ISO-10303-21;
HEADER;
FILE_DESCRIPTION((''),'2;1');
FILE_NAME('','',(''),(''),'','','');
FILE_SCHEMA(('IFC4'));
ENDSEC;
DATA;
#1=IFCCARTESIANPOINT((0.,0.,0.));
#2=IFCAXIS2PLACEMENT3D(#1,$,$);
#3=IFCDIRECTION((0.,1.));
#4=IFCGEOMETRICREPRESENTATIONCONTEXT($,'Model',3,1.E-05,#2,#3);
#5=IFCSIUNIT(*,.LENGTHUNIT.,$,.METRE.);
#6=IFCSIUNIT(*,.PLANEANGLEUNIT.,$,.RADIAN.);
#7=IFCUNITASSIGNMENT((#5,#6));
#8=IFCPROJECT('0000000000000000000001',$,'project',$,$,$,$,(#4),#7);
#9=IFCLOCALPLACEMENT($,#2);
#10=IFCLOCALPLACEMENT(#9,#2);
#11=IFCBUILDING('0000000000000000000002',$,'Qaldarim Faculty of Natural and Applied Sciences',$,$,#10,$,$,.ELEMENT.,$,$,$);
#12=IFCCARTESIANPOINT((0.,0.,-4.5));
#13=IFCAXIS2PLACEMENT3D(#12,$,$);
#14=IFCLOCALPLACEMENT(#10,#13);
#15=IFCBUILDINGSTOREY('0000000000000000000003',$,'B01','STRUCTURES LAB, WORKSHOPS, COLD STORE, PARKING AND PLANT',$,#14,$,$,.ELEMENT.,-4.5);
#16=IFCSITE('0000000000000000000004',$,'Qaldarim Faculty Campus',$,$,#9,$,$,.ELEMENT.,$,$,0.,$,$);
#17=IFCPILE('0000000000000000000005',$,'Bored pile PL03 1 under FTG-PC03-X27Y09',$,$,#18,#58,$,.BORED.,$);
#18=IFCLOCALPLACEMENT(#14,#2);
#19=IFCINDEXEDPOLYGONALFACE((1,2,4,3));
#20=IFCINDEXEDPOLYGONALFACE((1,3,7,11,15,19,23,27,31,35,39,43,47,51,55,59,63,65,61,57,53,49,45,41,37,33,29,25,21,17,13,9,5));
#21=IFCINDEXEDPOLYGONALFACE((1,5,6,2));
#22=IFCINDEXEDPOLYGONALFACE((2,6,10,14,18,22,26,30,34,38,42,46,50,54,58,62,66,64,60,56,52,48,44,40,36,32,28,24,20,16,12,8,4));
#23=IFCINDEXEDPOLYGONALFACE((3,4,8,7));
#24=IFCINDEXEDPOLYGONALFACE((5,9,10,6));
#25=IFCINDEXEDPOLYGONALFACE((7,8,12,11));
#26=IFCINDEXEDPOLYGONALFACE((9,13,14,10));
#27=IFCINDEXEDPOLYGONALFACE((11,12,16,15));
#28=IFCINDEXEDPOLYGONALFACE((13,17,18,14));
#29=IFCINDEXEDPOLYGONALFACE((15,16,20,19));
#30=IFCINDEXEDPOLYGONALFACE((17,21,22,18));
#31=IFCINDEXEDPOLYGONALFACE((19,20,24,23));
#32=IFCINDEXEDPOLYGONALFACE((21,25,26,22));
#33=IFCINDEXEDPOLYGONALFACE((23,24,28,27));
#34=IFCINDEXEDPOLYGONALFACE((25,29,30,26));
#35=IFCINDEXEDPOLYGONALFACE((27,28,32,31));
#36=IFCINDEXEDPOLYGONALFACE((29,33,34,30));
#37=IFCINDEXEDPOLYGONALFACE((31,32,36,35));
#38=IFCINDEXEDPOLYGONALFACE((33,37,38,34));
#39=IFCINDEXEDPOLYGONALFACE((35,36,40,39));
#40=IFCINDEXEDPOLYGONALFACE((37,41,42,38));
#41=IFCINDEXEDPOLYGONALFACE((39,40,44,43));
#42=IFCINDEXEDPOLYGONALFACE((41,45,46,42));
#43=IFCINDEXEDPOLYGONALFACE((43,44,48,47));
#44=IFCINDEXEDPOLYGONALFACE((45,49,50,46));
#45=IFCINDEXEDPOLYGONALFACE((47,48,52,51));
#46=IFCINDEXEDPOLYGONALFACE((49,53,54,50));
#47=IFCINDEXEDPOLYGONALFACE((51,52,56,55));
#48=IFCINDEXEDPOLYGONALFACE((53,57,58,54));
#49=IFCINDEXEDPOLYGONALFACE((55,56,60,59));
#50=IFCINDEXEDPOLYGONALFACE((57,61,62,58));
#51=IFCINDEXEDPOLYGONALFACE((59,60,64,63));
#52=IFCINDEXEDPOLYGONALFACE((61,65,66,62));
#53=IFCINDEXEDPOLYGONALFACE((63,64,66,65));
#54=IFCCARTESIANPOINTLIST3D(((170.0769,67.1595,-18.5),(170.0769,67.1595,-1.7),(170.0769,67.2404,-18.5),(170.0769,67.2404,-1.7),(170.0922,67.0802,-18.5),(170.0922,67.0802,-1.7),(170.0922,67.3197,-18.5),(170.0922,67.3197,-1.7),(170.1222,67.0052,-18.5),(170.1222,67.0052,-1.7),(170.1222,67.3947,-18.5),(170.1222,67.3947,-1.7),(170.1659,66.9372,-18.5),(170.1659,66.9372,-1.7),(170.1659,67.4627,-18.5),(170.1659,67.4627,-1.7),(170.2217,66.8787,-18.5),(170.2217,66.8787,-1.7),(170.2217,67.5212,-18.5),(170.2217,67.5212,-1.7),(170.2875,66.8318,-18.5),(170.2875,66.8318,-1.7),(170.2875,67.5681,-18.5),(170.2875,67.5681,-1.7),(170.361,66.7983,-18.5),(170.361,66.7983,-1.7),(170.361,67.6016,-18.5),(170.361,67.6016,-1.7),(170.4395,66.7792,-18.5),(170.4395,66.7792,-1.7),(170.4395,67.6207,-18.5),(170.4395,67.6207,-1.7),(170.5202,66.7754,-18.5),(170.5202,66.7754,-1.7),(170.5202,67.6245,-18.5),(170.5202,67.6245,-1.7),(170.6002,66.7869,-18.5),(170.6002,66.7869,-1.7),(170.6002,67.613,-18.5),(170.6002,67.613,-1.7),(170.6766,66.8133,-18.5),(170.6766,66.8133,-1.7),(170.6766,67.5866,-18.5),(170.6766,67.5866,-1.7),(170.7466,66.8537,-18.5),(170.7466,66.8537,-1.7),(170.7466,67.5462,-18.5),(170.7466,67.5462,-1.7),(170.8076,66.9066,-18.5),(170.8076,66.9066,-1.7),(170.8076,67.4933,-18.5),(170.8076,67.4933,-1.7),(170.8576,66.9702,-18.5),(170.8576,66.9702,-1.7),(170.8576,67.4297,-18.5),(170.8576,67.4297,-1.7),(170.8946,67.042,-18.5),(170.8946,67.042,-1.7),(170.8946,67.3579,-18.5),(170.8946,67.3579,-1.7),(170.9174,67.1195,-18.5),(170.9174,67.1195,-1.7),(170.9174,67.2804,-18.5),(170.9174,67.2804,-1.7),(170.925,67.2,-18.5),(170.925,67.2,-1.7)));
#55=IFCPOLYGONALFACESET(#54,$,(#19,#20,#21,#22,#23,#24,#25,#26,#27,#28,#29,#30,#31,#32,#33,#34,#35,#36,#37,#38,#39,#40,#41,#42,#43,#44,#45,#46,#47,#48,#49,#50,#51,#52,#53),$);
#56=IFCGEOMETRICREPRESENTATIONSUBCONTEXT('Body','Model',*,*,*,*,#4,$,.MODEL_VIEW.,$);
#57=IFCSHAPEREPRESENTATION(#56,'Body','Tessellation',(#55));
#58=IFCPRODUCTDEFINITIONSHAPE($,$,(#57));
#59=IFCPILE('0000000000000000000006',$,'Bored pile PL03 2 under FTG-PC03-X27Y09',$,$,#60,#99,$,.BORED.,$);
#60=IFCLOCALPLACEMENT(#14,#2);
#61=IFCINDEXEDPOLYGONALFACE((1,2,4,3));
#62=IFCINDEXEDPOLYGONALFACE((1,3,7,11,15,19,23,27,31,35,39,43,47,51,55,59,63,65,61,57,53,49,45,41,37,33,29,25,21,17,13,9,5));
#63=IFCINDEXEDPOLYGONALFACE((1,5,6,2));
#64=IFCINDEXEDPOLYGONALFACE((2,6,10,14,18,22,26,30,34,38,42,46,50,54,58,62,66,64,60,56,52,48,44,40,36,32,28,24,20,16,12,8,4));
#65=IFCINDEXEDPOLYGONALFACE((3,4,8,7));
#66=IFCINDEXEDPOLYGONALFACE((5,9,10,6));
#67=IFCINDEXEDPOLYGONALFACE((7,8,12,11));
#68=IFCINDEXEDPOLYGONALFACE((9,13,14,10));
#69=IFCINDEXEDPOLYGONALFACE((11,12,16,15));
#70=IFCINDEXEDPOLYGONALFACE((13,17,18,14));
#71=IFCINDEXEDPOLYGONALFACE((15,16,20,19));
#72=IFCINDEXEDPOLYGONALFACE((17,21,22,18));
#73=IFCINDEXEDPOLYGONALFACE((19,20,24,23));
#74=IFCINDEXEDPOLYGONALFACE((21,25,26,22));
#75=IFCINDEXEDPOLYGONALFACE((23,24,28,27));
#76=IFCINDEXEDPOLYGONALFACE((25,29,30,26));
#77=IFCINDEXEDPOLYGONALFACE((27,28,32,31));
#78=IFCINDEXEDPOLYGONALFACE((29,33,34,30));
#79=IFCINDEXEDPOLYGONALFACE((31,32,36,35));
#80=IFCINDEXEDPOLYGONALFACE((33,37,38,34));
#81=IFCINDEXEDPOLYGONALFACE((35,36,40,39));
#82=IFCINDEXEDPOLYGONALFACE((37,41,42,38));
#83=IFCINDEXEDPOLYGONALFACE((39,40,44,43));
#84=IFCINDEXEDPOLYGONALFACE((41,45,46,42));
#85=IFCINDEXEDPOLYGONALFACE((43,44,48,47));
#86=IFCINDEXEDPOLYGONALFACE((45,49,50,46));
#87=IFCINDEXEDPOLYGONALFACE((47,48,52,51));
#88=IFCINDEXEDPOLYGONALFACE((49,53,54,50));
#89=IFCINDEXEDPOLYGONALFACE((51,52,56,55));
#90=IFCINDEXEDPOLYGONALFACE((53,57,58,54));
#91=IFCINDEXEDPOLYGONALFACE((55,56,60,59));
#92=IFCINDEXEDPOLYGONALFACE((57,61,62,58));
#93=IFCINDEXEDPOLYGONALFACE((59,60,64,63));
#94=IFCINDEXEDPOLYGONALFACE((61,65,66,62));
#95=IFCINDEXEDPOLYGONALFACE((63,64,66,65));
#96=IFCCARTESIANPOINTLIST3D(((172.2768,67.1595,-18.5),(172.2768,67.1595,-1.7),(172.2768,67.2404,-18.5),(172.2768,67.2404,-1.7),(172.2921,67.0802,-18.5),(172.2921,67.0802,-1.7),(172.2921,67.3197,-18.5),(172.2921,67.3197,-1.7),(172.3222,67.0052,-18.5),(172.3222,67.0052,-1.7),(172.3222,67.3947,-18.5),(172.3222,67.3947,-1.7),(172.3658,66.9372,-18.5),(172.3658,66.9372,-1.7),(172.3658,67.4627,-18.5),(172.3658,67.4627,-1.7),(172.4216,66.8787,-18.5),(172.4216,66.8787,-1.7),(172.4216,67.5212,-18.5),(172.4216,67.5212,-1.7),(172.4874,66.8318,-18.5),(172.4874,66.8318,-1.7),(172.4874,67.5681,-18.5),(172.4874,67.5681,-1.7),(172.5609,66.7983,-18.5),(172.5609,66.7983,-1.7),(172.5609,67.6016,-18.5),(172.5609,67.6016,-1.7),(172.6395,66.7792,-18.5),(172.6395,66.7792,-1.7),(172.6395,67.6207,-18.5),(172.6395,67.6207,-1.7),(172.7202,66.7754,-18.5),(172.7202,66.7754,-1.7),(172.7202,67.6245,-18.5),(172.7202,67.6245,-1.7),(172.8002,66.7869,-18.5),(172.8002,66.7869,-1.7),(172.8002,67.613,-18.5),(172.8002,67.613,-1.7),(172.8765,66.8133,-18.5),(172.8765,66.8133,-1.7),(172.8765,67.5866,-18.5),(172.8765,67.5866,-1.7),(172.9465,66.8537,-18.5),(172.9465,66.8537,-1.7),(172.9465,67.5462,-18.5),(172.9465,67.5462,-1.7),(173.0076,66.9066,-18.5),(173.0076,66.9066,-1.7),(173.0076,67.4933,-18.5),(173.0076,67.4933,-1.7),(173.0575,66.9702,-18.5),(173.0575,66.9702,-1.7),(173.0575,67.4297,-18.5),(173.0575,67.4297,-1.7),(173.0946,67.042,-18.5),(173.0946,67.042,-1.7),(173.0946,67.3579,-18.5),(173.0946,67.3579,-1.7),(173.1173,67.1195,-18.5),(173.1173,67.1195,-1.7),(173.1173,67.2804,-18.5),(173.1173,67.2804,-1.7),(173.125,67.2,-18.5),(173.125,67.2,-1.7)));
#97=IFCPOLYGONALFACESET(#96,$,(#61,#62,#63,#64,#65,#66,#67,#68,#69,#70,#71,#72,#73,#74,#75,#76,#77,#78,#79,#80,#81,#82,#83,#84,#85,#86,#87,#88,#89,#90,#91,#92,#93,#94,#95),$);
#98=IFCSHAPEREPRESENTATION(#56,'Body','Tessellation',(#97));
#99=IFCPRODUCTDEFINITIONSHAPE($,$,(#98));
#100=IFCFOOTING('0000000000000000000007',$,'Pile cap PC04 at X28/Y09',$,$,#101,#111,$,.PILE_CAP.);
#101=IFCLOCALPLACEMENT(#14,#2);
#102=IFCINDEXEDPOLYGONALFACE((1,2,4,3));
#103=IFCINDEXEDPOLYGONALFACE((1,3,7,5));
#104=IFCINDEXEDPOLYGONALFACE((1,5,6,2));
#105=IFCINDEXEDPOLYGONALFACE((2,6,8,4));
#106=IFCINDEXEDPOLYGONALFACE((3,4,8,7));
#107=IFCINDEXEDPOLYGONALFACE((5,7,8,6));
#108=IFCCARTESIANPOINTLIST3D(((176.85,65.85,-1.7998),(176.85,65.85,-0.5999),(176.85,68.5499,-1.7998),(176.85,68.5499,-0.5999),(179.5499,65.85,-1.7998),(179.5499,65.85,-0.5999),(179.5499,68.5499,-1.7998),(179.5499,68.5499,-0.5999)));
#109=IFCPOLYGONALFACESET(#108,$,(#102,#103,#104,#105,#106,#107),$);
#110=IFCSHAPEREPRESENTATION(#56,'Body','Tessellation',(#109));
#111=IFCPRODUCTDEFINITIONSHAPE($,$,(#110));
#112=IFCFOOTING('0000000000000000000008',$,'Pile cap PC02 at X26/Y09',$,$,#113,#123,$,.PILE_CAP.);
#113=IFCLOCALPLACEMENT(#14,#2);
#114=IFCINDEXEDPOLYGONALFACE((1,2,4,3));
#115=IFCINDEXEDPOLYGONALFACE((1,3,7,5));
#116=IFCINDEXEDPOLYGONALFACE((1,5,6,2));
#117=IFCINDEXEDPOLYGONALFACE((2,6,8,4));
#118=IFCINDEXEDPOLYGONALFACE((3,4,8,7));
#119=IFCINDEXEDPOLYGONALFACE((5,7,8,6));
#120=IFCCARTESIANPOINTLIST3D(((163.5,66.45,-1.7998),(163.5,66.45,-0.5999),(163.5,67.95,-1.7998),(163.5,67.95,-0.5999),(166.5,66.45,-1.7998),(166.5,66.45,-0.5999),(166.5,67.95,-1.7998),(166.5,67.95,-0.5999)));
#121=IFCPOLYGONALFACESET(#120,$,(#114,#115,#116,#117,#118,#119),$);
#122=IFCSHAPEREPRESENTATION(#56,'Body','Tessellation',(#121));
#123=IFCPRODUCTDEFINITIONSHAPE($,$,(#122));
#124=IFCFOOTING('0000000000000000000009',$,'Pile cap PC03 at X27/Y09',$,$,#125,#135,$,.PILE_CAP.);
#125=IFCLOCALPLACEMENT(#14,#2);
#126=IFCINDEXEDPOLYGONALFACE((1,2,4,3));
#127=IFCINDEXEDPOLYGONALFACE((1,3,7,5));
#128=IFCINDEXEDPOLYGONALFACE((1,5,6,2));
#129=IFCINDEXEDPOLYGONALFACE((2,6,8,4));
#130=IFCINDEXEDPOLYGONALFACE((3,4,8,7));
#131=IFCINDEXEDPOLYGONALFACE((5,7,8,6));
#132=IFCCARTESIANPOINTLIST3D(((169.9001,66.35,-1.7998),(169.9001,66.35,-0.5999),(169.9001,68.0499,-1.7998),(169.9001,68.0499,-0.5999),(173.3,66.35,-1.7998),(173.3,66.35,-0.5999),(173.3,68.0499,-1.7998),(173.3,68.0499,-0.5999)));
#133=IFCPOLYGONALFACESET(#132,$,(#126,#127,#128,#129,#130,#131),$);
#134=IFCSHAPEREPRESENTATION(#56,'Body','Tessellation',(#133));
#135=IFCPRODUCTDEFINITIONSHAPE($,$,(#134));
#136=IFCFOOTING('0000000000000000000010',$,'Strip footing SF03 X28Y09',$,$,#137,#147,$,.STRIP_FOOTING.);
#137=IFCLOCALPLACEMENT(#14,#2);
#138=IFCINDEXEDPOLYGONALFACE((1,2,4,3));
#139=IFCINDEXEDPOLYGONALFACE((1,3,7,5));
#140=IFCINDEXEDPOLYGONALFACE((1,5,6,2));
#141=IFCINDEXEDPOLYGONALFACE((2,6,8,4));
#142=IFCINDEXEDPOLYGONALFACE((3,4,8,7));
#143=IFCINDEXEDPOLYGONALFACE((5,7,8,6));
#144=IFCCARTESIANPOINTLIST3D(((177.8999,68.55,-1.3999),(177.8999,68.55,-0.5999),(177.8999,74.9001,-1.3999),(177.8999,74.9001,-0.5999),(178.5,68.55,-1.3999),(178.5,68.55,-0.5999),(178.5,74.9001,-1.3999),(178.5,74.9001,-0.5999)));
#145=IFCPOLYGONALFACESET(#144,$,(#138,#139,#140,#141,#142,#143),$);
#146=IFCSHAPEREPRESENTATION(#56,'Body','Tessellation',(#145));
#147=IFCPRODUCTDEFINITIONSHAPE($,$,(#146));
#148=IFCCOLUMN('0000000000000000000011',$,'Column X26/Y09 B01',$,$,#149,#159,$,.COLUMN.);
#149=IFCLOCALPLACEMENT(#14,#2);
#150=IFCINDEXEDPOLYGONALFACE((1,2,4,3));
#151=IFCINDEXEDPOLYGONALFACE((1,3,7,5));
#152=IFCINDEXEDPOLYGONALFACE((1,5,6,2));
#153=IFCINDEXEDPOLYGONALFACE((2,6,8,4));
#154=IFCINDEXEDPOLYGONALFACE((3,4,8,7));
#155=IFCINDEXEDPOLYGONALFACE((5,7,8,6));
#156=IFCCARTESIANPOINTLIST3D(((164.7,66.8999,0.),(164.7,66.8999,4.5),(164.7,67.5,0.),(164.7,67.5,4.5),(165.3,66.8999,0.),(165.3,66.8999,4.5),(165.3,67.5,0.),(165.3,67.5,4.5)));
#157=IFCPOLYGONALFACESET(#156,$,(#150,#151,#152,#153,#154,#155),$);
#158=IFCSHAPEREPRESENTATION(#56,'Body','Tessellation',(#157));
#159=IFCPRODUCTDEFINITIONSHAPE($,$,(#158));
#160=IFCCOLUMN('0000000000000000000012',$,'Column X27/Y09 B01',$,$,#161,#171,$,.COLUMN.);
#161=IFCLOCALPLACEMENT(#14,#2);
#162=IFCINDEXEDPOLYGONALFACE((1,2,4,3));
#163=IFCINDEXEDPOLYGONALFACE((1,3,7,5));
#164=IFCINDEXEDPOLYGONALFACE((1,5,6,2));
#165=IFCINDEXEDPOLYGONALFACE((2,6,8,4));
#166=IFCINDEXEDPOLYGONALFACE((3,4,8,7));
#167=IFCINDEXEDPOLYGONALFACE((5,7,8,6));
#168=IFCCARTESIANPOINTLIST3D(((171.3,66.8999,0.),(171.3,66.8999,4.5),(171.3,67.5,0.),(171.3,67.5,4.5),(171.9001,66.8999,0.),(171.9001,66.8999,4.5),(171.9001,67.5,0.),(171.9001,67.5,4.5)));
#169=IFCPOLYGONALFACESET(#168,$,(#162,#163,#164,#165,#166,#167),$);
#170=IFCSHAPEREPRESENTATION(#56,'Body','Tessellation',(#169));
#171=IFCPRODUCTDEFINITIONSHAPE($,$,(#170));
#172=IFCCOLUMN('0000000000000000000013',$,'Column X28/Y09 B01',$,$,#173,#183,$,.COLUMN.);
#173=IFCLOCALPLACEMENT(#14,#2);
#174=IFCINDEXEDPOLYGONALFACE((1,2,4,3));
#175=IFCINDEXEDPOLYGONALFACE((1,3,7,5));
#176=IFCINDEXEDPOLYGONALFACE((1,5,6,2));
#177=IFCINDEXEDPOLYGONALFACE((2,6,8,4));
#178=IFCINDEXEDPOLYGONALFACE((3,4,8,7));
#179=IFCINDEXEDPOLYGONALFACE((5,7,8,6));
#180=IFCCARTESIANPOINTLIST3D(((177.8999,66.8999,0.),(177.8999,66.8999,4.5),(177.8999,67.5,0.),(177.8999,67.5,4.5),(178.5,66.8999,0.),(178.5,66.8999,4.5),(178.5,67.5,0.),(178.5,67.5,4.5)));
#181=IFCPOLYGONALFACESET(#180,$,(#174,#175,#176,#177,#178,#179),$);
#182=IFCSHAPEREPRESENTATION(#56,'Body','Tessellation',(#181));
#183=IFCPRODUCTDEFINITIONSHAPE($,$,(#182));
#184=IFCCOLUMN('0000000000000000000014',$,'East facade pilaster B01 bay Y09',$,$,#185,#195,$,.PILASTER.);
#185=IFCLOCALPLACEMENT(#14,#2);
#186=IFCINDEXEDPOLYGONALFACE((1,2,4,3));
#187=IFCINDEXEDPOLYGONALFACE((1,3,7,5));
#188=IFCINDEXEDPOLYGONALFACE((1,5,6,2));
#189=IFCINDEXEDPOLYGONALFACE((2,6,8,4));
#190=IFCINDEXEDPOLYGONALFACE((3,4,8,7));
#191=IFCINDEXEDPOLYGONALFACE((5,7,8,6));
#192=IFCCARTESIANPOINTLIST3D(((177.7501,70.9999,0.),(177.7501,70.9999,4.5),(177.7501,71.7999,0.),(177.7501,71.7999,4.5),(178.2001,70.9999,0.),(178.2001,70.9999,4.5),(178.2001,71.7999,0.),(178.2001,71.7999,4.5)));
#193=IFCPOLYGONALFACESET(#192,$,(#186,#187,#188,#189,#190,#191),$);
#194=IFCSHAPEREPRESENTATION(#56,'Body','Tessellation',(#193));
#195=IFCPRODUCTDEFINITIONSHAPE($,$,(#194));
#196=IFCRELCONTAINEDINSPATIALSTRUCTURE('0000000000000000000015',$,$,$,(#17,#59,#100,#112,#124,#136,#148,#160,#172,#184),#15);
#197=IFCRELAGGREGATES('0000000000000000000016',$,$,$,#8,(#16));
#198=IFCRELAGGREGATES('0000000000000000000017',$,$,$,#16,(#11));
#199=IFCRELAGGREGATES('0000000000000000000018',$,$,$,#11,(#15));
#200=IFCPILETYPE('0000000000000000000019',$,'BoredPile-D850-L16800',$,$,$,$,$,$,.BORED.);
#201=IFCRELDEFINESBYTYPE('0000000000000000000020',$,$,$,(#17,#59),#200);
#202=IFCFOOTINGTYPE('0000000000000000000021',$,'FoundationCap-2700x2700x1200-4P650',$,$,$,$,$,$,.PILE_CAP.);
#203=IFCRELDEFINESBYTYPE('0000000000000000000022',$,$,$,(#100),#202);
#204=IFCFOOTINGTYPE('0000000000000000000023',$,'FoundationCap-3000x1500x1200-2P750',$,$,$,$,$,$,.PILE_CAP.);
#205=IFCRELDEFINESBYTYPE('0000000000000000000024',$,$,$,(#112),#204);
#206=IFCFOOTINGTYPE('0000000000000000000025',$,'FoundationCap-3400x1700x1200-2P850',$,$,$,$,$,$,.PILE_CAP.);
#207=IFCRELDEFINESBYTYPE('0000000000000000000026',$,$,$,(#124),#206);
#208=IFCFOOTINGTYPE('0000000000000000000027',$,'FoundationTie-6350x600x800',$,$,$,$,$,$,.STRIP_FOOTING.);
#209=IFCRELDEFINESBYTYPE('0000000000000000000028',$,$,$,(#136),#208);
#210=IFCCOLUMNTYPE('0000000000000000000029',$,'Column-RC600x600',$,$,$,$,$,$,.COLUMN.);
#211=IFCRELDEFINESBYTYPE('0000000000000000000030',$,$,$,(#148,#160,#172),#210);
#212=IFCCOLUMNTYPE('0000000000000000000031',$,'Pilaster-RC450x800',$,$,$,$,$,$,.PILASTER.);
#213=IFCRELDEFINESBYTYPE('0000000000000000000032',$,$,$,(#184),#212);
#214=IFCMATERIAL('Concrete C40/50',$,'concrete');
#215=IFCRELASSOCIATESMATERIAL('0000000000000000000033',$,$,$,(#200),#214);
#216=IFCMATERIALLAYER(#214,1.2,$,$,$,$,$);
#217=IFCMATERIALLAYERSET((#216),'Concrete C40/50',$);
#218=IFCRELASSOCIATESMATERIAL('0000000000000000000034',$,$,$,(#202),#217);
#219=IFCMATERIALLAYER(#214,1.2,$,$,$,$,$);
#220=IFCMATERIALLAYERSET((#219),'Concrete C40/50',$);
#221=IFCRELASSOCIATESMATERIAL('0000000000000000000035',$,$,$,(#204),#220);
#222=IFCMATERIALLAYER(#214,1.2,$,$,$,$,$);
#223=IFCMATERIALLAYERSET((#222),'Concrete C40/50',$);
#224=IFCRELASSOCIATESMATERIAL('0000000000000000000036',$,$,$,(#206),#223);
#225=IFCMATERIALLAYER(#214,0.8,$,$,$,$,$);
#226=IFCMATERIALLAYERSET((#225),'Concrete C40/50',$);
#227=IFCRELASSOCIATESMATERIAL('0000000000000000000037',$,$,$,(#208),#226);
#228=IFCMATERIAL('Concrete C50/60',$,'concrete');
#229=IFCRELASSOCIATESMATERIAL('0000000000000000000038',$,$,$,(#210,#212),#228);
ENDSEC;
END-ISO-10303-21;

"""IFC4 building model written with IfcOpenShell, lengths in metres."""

from ifc_helpers import new_model, si_unit, direction, frame, origin, origin_2d, place, context, subcontext, project, spatial, rectangle, circle, extrude, material, layer, layer_set, material_profile, profile_set, type_object, element, save


model = new_model("IFC4")

# Units and contexts
model_context = context("Model", 3, precision=1e-05, world=origin(), true_north=direction((0.0, 1.0)))
body_context = subcontext(model_context, "Body", "Model", "MODEL_VIEW")
ifc_project = project(units=[si_unit("LENGTHUNIT", "METRE"), si_unit("PLANEANGLEUNIT", "RADIAN")], contexts=[model_context])

# Site, building, storey
site_placement = place(None, origin())
site = spatial("IfcSite", under=ifc_project, at=site_placement, Name="Qaldarim Faculty Campus", CompositionType="ELEMENT", RefElevation=0.0)
building_placement = place(site_placement, origin())
building = spatial("IfcBuilding", under=site, at=building_placement, Name="Qaldarim Faculty of Natural and Applied Sciences", CompositionType="ELEMENT")
storey_placement = place(building_placement, frame((0.0, 0.0, -4.5)))
storey = spatial("IfcBuildingStorey", under=building, at=storey_placement, Name="B01", Description="STRUCTURES LAB, WORKSHOPS, COLD STORE, PARKING AND PLANT", CompositionType="ELEMENT", Elevation=-4.5)

# Piles
ifc_material_1 = material(Name="Concrete C40/50", Category="concrete")
ifc_material_profile_1 = material_profile(ifc_material_1, circle(Radius=0.425, at=origin_2d()), Name="PILE-D850")
ifc_profile_set_1 = profile_set([ifc_material_profile_1], Name="Concrete C40/50")
pile_type_1 = type_object("IfcPileType", Name="BoredPile-D850-L16800", PredefinedType="BORED", material=ifc_profile_set_1)
for number, where, z_axis, x_axis, name in (
    (1, (170.5, 67.2, -1.7), (0.0, 0.0, -1.0), (1.0, 0.0, 0.0), "Bored pile PL03 1 under FTG-PC03-X27Y09"),
    (2, (172.7, 67.2, -1.7), (0.0, 0.0, -1.0), (1.0, 0.0, 0.0), "Bored pile PL03 2 under FTG-PC03-X27Y09"),
):
    element("IfcPile", number, at=place(storey_placement, frame(where, z_axis=z_axis, x_axis=x_axis)), inside=storey, type_object=pile_type_1, Name=name, PredefinedType="BORED", context=body_context, shape_type="SweptSolid", body=[
        extrude(circle(Radius=0.425, at=origin_2d()), origin(), (0.0, 0.0, 1.0), 16.8),
    ])

# Footings
ifc_layer_1 = layer(ifc_material_1, 1.2)
ifc_layer_set_1 = layer_set([ifc_layer_1], Name="Concrete C40/50")
footing_type_1 = type_object("IfcFootingType", Name="FoundationCap-2700x2700x1200-4P650", PredefinedType="PILE_CAP", material=ifc_layer_set_1)
footing_1_placement = place(storey_placement, frame((178.2, 67.2, -1.7998), z_axis=(0.0, 0.0, 1.0), x_axis=(1.0, 0.0, 0.0)))
element("IfcFooting", 3, at=footing_1_placement, inside=storey, type_object=footing_type_1, Name="Pile cap PC04 at X28/Y09", PredefinedType="PILE_CAP", context=body_context, shape_type="SweptSolid", body=[
    extrude(rectangle(XDim=2.7, YDim=2.7, at=origin_2d()), origin(), (0.0, 0.0, 1.0), 1.2),
])
ifc_layer_2 = layer(ifc_material_1, 1.2)
ifc_layer_set_2 = layer_set([ifc_layer_2], Name="Concrete C40/50")
footing_type_2 = type_object("IfcFootingType", Name="FoundationCap-3000x1500x1200-2P750", PredefinedType="PILE_CAP", material=ifc_layer_set_2)
footing_2_placement = place(storey_placement, frame((165.0, 67.2, -1.7998), z_axis=(0.0, 0.0, 1.0), x_axis=(1.0, 0.0, 0.0)))
element("IfcFooting", 4, at=footing_2_placement, inside=storey, type_object=footing_type_2, Name="Pile cap PC02 at X26/Y09", PredefinedType="PILE_CAP", context=body_context, shape_type="SweptSolid", body=[
    extrude(rectangle(XDim=3.0, YDim=1.5, at=origin_2d()), origin(), (0.0, 0.0, 1.0), 1.2),
])
ifc_layer_3 = layer(ifc_material_1, 1.2)
ifc_layer_set_3 = layer_set([ifc_layer_3], Name="Concrete C40/50")
footing_type_3 = type_object("IfcFootingType", Name="FoundationCap-3400x1700x1200-2P850", PredefinedType="PILE_CAP", material=ifc_layer_set_3)
footing_3_placement = place(storey_placement, frame((171.6001, 67.2, -1.7998), z_axis=(0.0, 0.0, 1.0), x_axis=(1.0, 0.0, 0.0)))
element("IfcFooting", 5, at=footing_3_placement, inside=storey, type_object=footing_type_3, Name="Pile cap PC03 at X27/Y09", PredefinedType="PILE_CAP", context=body_context, shape_type="SweptSolid", body=[
    extrude(rectangle(XDim=3.3999, YDim=1.7, at=origin_2d()), origin(), (0.0, 0.0, 1.0), 1.2),
])
ifc_layer_4 = layer(ifc_material_1, 0.8)
ifc_layer_set_4 = layer_set([ifc_layer_4], Name="Concrete C40/50")
footing_type_4 = type_object("IfcFootingType", Name="FoundationTie-6350x600x800", PredefinedType="STRIP_FOOTING", material=ifc_layer_set_4)
footing_4_placement = place(storey_placement, frame((178.2, 71.7251, -1.3999), z_axis=(0.0, 0.0, 1.0), x_axis=(0.0, 1.0, 0.0)))
element("IfcFooting", 6, at=footing_4_placement, inside=storey, type_object=footing_type_4, Name="Strip footing SF03 X28Y09", PredefinedType="STRIP_FOOTING", context=body_context, shape_type="SweptSolid", body=[
    extrude(rectangle(XDim=6.3501, YDim=0.6001, at=origin_2d()), origin(), (0.0, 0.0, 1.0), 0.8),
])

# Columns
ifc_material_2 = material(Name="Concrete C50/60", Category="concrete")
ifc_material_profile_2 = material_profile(ifc_material_2, rectangle(XDim=0.6001, YDim=0.6001, at=origin_2d()), Name="RC-C600x600")
ifc_profile_set_2 = profile_set([ifc_material_profile_2], Name="Concrete C50/60")
column_type_1 = type_object("IfcColumnType", Name="Column-RC600x600", PredefinedType="COLUMN", material=ifc_profile_set_2)
for number, where, z_axis, x_axis, name in (
    (7, (165.0, 67.2, 0.0), (0.0, 0.0, 1.0), (1.0, 0.0, 0.0), "Column X26/Y09 B01"),
    (8, (171.6001, 67.2, 0.0), (0.0, 0.0, 1.0), (1.0, 0.0, 0.0), "Column X27/Y09 B01"),
    (9, (178.2, 67.2, 0.0), (0.0, 0.0, 1.0), (1.0, 0.0, 0.0), "Column X28/Y09 B01"),
):
    element("IfcColumn", number, at=place(storey_placement, frame(where, z_axis=z_axis, x_axis=x_axis)), inside=storey, type_object=column_type_1, Name=name, PredefinedType="COLUMN", context=body_context, shape_type="SweptSolid", body=[
        extrude(rectangle(XDim=0.6001, YDim=0.6001, at=origin_2d()), origin(), (0.0, 0.0, 1.0), 4.5),
    ])
ifc_material_profile_3 = material_profile(ifc_material_2, rectangle(XDim=0.45, YDim=0.8, at=origin_2d()), Name="RC-C450x800")
ifc_profile_set_3 = profile_set([ifc_material_profile_3], Name="Concrete C50/60")
column_type_2 = type_object("IfcColumnType", Name="Pilaster-RC450x800", PredefinedType="PILASTER", material=ifc_profile_set_3)
column_placement = place(storey_placement, frame((177.9751, 71.3999, 0.0), z_axis=(0.0, 0.0, 1.0), x_axis=(1.0, 0.0, 0.0)))
element("IfcColumn", 10, at=column_placement, inside=storey, type_object=column_type_2, Name="East facade pilaster B01 bay Y09", PredefinedType="PILASTER", context=body_context, shape_type="SweptSolid", body=[
    extrude(rectangle(XDim=0.45, YDim=0.8, at=origin_2d()), origin(), (0.0, 0.0, 1.0), 4.5),
])

save(model, "model.ifc")
